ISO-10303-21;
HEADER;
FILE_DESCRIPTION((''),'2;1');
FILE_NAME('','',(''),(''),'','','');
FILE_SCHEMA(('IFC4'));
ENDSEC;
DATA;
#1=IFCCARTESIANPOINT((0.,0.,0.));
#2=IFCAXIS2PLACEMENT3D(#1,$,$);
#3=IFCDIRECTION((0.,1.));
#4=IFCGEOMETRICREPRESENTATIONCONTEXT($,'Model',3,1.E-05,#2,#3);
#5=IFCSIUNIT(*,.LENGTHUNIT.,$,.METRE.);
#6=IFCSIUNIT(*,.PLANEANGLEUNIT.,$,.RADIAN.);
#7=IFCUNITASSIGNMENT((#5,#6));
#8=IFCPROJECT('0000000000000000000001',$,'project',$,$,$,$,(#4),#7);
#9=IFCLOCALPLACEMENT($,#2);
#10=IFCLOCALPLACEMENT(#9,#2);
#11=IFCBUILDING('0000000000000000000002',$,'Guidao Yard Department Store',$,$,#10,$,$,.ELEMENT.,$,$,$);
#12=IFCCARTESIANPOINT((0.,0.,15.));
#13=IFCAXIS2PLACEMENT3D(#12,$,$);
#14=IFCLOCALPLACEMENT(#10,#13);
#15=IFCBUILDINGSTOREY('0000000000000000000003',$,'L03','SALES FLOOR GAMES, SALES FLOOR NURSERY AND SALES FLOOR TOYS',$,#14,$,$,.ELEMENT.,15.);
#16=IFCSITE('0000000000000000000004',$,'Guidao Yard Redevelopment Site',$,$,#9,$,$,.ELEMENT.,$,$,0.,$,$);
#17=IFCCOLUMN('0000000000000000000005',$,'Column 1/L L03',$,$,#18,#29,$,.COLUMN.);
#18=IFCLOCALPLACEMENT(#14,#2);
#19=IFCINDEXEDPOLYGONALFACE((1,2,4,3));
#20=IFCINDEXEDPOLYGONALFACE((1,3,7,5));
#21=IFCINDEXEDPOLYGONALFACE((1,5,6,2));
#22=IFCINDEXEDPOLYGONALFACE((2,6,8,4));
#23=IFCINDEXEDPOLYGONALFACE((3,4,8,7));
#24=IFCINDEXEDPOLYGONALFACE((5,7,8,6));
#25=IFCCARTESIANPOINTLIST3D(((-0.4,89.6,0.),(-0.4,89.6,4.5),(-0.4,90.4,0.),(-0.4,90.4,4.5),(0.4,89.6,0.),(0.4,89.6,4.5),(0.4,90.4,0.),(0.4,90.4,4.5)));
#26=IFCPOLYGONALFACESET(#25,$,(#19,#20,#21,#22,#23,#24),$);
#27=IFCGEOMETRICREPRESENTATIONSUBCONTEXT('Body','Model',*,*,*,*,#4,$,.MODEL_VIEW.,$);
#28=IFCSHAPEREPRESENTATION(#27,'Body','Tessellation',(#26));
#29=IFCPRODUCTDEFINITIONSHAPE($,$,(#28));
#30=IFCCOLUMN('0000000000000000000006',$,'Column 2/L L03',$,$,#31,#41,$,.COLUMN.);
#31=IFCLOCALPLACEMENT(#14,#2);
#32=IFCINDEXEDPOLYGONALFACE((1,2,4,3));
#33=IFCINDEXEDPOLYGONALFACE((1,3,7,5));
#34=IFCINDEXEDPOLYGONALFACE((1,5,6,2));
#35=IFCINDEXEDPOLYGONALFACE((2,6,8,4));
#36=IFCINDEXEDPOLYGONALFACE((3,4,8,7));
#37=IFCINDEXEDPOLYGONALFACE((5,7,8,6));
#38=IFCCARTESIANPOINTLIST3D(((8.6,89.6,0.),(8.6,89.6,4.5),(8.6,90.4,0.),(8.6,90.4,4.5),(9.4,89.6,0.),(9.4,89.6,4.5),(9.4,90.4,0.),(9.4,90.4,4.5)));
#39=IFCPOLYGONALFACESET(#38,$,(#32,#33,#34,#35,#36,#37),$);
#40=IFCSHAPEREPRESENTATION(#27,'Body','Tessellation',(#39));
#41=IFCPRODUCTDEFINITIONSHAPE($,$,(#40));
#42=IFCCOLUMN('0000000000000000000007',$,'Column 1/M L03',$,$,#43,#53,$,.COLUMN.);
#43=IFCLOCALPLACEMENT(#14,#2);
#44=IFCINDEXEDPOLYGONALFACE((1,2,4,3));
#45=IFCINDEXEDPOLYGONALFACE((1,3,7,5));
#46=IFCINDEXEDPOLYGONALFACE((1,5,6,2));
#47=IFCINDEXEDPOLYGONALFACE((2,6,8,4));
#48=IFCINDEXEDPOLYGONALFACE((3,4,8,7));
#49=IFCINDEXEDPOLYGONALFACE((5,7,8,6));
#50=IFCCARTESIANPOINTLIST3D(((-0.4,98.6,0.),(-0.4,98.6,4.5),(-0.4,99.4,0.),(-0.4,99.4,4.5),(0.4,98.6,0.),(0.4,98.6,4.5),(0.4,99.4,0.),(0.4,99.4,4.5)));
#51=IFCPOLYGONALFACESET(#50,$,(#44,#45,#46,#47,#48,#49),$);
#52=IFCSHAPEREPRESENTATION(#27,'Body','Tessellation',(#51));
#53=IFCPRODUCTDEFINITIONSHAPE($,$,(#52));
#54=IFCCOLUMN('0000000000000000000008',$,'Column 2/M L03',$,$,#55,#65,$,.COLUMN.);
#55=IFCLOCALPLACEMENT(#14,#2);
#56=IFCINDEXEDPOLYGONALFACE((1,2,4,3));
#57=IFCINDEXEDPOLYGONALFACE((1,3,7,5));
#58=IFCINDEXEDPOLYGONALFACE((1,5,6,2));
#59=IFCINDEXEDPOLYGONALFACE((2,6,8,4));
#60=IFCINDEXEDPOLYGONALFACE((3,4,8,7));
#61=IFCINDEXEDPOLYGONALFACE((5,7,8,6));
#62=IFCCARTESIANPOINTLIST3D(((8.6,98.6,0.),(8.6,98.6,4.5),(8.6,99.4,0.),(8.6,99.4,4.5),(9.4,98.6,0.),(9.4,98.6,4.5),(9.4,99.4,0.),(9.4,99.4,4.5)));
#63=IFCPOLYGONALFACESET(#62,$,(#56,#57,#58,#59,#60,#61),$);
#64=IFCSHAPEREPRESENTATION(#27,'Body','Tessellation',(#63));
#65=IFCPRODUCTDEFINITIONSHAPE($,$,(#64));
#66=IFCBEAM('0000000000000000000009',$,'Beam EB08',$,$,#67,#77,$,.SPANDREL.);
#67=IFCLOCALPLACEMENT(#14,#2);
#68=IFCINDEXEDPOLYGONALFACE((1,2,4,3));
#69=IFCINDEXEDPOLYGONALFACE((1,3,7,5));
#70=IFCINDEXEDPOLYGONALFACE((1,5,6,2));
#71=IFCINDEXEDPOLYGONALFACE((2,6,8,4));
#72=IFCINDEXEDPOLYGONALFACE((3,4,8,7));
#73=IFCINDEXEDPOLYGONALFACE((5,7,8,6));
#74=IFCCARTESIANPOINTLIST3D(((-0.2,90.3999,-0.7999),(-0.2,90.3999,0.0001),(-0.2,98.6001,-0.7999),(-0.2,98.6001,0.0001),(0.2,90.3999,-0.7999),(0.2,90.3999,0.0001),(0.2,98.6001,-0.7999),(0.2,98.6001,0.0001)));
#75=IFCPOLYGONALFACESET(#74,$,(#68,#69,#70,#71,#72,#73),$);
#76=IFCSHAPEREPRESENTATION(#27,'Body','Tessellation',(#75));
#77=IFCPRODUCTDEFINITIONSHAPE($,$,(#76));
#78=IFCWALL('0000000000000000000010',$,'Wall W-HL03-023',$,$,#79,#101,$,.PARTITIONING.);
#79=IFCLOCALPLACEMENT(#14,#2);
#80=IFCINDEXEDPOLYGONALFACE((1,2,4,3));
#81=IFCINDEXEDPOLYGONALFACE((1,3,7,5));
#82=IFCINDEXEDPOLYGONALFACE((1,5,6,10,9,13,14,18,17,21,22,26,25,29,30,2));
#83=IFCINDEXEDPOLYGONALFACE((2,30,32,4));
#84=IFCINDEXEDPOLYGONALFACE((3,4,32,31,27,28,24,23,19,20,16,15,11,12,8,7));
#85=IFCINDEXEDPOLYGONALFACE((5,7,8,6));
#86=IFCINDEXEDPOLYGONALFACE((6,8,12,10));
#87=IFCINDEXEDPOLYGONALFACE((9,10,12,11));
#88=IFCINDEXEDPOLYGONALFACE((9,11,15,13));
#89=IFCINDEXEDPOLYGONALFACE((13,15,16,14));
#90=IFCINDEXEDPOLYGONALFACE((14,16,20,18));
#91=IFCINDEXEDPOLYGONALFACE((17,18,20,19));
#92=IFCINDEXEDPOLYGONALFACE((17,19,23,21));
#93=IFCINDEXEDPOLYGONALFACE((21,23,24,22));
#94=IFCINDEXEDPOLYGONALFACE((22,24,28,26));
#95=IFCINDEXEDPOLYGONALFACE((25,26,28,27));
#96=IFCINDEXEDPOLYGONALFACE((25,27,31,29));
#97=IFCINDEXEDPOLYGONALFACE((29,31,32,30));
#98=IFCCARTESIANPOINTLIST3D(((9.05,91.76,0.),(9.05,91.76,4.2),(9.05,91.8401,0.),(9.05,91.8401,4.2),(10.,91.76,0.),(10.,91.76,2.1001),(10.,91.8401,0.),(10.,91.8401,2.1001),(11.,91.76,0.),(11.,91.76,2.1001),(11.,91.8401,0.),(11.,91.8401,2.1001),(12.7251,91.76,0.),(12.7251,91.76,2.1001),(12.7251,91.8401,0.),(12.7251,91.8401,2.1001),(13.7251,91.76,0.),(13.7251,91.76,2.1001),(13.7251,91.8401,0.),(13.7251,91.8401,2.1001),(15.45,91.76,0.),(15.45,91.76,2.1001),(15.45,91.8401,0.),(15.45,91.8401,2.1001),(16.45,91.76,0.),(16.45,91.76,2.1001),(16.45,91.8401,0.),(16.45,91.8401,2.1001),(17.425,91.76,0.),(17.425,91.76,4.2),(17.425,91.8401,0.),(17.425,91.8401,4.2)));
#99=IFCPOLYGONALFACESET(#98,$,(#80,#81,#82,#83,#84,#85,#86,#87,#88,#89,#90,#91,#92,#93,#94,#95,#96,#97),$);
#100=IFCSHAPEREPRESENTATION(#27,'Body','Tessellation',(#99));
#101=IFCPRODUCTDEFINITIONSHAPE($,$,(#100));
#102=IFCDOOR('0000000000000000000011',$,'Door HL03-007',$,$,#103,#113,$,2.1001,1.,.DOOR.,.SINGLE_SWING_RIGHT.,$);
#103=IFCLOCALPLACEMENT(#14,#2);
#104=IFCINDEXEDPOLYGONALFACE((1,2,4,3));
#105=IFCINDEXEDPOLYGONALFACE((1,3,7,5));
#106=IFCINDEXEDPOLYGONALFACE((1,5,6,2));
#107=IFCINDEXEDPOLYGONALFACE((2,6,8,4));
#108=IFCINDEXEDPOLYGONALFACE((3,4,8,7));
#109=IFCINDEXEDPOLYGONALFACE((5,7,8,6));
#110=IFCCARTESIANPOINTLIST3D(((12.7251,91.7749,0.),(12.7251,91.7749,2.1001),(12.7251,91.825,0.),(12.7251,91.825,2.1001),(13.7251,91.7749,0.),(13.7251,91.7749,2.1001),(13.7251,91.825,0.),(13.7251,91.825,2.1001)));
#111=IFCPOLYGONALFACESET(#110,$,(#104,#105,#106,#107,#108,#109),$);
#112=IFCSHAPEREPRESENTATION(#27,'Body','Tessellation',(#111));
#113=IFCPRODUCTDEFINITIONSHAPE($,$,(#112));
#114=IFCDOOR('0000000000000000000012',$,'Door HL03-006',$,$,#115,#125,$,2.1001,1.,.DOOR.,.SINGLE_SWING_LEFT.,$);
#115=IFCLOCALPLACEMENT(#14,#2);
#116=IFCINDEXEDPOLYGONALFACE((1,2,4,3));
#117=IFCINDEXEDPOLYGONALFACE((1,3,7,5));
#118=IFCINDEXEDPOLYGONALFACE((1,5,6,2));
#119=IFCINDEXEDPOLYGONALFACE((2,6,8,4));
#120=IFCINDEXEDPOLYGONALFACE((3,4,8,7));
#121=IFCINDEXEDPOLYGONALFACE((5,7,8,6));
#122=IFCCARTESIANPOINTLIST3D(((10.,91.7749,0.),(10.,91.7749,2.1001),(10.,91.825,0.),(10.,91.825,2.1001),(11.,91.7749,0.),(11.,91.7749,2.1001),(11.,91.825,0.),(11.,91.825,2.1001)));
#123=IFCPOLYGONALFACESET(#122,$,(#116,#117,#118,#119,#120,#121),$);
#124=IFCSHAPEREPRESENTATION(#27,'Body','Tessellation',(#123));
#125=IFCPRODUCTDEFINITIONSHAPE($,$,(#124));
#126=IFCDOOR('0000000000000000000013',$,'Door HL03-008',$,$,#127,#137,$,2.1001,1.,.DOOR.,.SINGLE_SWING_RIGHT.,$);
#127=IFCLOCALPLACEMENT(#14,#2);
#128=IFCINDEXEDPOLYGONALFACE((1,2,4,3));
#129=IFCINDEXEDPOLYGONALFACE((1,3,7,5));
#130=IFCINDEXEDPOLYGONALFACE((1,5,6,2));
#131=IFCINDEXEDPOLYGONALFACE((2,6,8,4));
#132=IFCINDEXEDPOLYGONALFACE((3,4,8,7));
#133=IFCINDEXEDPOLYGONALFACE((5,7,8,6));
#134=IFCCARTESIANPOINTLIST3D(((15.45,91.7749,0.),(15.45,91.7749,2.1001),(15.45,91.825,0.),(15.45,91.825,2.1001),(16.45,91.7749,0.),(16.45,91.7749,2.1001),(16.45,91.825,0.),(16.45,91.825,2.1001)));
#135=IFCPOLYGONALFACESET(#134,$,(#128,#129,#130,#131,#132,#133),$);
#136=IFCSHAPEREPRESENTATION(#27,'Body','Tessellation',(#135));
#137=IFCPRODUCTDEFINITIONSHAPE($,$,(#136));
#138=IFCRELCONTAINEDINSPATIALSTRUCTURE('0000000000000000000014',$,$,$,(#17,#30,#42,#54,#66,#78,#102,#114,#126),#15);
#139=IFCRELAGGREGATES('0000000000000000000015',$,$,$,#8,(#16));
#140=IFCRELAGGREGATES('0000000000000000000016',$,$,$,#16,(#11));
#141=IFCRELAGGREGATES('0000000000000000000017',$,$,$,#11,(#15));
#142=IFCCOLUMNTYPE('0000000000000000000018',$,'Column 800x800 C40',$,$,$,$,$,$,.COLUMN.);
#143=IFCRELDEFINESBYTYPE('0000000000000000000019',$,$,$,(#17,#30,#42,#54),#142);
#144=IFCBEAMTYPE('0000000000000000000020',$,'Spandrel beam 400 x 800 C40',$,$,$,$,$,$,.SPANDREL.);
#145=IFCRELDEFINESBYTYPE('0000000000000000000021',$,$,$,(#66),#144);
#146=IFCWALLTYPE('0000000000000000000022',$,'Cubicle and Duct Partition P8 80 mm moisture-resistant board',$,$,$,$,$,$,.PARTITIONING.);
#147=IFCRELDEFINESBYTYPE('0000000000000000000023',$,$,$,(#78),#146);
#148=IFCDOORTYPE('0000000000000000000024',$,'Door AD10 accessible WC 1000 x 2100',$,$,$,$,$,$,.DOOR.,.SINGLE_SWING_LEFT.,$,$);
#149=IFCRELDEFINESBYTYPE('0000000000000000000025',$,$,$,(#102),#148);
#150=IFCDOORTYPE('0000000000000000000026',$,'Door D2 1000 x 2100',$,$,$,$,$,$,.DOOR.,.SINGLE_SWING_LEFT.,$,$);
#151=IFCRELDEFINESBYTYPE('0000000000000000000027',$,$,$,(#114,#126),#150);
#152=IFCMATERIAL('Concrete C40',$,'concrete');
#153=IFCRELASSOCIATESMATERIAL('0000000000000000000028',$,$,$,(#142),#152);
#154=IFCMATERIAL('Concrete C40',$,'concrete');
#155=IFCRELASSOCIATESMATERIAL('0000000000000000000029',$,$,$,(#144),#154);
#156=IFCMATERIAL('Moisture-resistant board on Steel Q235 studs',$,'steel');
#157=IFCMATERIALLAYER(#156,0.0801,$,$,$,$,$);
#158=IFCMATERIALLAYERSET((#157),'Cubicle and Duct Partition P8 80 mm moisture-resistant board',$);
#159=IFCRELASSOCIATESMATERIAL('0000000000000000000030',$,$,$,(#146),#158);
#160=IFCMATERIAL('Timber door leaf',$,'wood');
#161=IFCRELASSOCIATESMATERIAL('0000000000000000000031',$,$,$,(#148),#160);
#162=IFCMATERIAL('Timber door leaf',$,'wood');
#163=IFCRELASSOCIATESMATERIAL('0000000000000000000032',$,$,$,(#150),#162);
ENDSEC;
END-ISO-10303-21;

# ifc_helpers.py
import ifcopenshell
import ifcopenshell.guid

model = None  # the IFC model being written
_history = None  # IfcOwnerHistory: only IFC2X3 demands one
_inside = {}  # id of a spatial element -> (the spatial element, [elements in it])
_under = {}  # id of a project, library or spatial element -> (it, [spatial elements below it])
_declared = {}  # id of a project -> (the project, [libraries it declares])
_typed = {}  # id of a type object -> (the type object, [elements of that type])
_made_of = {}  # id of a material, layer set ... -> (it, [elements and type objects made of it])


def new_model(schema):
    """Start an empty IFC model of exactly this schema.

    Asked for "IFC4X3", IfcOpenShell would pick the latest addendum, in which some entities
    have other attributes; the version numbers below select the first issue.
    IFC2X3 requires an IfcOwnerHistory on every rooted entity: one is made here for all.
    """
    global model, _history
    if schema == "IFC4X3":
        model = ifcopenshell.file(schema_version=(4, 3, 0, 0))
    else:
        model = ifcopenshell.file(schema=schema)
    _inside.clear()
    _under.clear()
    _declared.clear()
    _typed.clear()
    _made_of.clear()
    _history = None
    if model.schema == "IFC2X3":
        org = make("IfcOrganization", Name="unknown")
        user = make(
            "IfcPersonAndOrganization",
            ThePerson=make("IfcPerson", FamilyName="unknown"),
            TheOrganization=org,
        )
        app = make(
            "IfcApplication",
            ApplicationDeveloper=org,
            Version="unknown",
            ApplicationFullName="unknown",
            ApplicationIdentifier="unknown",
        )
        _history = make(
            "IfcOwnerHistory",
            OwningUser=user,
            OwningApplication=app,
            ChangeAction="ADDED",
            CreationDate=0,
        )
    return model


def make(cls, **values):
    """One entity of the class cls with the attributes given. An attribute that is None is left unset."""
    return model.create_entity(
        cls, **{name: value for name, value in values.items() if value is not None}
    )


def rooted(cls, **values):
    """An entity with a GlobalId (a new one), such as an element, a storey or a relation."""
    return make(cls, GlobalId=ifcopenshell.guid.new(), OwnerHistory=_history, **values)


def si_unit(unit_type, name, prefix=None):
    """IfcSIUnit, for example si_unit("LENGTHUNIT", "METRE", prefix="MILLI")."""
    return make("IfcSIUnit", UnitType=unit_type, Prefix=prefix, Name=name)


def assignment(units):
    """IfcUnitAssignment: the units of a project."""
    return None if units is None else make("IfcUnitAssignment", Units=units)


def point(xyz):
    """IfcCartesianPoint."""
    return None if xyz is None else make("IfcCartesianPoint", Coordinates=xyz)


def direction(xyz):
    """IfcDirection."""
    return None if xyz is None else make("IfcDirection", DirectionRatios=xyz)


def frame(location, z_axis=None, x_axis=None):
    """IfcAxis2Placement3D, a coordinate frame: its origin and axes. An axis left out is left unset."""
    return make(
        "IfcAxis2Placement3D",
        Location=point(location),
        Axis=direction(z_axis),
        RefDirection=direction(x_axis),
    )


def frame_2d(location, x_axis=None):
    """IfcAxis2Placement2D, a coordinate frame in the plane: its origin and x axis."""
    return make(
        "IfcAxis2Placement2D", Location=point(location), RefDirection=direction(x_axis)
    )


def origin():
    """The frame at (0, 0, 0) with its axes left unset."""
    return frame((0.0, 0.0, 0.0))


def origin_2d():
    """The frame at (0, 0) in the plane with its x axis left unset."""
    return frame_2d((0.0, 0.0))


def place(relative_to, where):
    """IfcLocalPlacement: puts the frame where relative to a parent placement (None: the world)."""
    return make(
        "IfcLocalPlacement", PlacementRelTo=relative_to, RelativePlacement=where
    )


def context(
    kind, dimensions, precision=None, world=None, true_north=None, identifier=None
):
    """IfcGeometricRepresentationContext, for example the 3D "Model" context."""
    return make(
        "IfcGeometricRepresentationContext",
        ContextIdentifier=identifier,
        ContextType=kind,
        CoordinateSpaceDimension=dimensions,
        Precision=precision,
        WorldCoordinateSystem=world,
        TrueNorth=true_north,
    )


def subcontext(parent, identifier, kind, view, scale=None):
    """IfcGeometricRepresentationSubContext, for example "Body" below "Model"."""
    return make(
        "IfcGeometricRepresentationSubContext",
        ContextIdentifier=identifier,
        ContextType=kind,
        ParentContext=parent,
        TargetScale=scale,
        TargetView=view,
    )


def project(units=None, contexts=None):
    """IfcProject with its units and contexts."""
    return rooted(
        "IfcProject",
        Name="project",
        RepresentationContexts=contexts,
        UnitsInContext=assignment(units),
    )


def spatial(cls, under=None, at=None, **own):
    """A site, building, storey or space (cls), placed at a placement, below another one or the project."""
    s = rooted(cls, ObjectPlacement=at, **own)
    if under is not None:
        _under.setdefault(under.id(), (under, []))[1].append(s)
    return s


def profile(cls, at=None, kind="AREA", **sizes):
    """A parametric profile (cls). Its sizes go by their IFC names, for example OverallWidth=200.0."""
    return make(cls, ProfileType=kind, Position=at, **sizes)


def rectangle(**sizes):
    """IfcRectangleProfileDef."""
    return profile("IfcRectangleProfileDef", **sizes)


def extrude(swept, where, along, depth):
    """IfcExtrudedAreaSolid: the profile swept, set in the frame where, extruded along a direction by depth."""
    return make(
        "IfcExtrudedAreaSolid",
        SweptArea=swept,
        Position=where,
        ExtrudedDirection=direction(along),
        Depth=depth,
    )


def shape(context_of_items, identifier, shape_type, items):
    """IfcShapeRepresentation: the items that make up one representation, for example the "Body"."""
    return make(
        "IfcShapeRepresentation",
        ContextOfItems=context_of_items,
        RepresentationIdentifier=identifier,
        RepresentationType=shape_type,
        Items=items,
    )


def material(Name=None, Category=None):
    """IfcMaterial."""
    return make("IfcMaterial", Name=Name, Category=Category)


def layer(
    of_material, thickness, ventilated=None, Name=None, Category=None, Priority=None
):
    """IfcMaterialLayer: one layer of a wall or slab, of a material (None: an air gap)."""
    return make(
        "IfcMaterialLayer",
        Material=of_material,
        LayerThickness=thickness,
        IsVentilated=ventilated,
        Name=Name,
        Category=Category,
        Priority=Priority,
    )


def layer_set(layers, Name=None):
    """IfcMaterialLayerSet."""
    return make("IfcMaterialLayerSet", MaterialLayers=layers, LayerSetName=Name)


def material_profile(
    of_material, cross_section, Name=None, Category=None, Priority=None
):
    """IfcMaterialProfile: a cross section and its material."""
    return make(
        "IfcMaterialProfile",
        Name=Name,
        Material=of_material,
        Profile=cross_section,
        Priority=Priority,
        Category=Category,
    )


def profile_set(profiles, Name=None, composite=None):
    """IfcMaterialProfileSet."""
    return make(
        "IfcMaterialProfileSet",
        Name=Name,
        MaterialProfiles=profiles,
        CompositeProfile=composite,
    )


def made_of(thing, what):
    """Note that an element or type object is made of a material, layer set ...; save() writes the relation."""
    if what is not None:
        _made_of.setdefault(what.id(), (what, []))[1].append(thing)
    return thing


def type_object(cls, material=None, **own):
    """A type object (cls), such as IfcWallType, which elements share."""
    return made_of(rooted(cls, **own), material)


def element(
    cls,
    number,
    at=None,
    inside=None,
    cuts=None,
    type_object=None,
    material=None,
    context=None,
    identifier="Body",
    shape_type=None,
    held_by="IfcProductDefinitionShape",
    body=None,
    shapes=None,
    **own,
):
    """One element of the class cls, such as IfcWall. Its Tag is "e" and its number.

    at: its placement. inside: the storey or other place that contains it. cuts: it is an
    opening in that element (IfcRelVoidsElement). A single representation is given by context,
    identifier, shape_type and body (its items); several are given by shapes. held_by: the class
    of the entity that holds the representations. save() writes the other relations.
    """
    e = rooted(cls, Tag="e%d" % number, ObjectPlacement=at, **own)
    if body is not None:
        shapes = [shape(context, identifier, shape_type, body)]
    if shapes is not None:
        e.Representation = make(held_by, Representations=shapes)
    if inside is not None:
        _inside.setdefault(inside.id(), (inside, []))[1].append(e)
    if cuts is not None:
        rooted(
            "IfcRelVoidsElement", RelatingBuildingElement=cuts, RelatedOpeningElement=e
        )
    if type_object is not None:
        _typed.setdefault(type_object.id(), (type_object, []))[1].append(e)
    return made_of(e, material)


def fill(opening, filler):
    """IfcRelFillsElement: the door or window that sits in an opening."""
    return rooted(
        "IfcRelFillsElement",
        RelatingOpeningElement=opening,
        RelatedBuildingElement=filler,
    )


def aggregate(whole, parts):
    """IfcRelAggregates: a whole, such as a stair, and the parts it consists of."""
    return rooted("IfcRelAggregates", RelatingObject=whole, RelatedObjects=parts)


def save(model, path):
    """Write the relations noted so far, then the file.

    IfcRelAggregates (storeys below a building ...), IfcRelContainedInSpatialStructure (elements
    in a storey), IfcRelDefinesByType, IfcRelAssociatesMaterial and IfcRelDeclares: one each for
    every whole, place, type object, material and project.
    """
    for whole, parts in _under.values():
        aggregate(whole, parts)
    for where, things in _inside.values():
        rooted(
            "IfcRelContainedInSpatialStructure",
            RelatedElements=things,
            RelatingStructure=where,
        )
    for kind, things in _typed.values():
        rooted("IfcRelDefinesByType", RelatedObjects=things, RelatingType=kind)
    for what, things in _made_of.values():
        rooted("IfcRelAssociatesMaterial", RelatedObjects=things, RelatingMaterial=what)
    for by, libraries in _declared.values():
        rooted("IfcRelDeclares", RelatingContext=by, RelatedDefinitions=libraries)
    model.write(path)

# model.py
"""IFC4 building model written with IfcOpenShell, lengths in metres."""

from ifc_helpers import new_model, si_unit, direction, frame, frame_2d, origin, origin_2d, place, context, subcontext, project, spatial, rectangle, extrude, material, layer, layer_set, material_profile, profile_set, type_object, element, fill, save


model = new_model("IFC4")

# Units and contexts
model_context = context("Model", 3, precision=1e-05, world=origin(), true_north=direction((0.0, 1.0)))
body_context = subcontext(model_context, "Body", "Model", "MODEL_VIEW")
ifc_project = project(units=[si_unit("LENGTHUNIT", "METRE"), si_unit("PLANEANGLEUNIT", "RADIAN")], contexts=[model_context])

# Site, building, storey
site_placement = place(None, origin())
site = spatial("IfcSite", under=ifc_project, at=site_placement, Name="Guidao Yard Redevelopment Site", CompositionType="ELEMENT", RefElevation=0.0)
building_placement = place(site_placement, origin())
building = spatial("IfcBuilding", under=site, at=building_placement, Name="Guidao Yard Department Store", CompositionType="ELEMENT")
storey_placement = place(building_placement, frame((0.0, 0.0, 15.0)))
storey = spatial("IfcBuildingStorey", under=building, at=storey_placement, Name="L03", Description="SALES FLOOR GAMES, SALES FLOOR NURSERY AND SALES FLOOR TOYS", CompositionType="ELEMENT", Elevation=15.0)

# Columns
ifc_material_1 = material(Name="Concrete C40", Category="concrete")
ifc_material_profile_1 = material_profile(ifc_material_1, rectangle(XDim=0.8, YDim=0.8, at=origin_2d()), Name="COL 800x800")
ifc_profile_set_1 = profile_set([ifc_material_profile_1], Name="Concrete C40")
column_type = type_object("IfcColumnType", Name="Column 800x800 C40", PredefinedType="COLUMN", material=ifc_profile_set_1)
for number, where, z_axis, x_axis, name in (
    (1, (0.0, 90.0, 0.0), (0.0, 0.0, 1.0), (1.0, 0.0, 0.0), "Column 1/L L03"),
    (2, (9.0, 90.0, 0.0), (0.0, 0.0, 1.0), (1.0, 0.0, 0.0), "Column 2/L L03"),
    (3, (0.0, 99.0, 0.0), (0.0, 0.0, 1.0), (1.0, 0.0, 0.0), "Column 1/M L03"),
    (4, (9.0, 99.0, 0.0), (0.0, 0.0, 1.0), (1.0, 0.0, 0.0), "Column 2/M L03"),
):
    element("IfcColumn", number, at=place(storey_placement, frame(where, z_axis=z_axis, x_axis=x_axis)), inside=storey, type_object=column_type, Name=name, PredefinedType="COLUMN", context=body_context, shape_type="SweptSolid", body=[
        extrude(rectangle(XDim=0.8, YDim=0.8, at=origin_2d()), origin(), (0.0, 0.0, 1.0), 4.5),
    ])

# Beam
ifc_material_2 = material(Name="Concrete C40", Category="concrete")
ifc_material_profile_2 = material_profile(ifc_material_2, rectangle(XDim=0.3999, YDim=0.8, at=origin_2d()), Name="Spandrel beam 400 x 800 C40")
ifc_profile_set_2 = profile_set([ifc_material_profile_2], Name="Concrete C40")
beam_type = type_object("IfcBeamType", Name="Spandrel beam 400 x 800 C40", PredefinedType="SPANDREL", material=ifc_profile_set_2)
beam_placement = place(storey_placement, frame((0.0, 90.3999, -0.3999), z_axis=(0.0, 1.0, 0.0), x_axis=(-1.0, 0.0, 0.0)))
element("IfcBeam", 5, at=beam_placement, inside=storey, type_object=beam_type, Name="Beam EB08", PredefinedType="SPANDREL", context=body_context, shape_type="SweptSolid", body=[
    extrude(rectangle(XDim=0.3999, YDim=0.8, at=origin_2d()), origin(), (0.0, 0.0, 1.0), 8.2002),
])

# Wall, openings, doors
ifc_material_3 = material(Name="Moisture-resistant board on Steel Q235 studs", Category="steel")
ifc_layer_1 = layer(ifc_material_3, 0.0801)
ifc_layer_set_1 = layer_set([ifc_layer_1], Name="Cubicle and Duct Partition P8 80 mm moisture-resistant board")
wall_type_1 = type_object("IfcWallType", Name="Cubicle and Duct Partition P8 80 mm moisture-resistant board", PredefinedType="PARTITIONING", material=ifc_layer_set_1)
wall_1_placement = place(storey_placement, frame((9.05, 91.8, 0.0), z_axis=(0.0, 0.0, 1.0), x_axis=(1.0, 0.0, 0.0)))
wall_1 = element("IfcWall", 6, at=wall_1_placement, inside=storey, type_object=wall_type_1, Name="Wall W-HL03-023", PredefinedType="PARTITIONING", context=body_context, shape_type="SweptSolid", body=[
    extrude(rectangle(XDim=8.375, YDim=0.0801, at=frame_2d((4.1875, 0.0))), origin(), (0.0, 0.0, 1.0), 4.2),
])
opening_1_placement = place(wall_1_placement, frame((0.95, 0.0, 0.0)))
opening_1 = element("IfcOpeningElement", 7, at=opening_1_placement, cuts=wall_1, PredefinedType="OPENING", context=body_context, shape_type="SweptSolid", body=[
    extrude(rectangle(XDim=1.0, YDim=2.1001, at=frame_2d((0.5, 1.05))), frame((0.0, 0.05, 0.0), z_axis=(0.0, -1.0, 0.0), x_axis=(1.0, 0.0, 0.0)), (0.0, 0.0, 1.0), 0.1001),
])
opening_2_placement = place(wall_1_placement, frame((3.675, 0.0, 0.0)))
opening_2 = element("IfcOpeningElement", 8, at=opening_2_placement, cuts=wall_1, PredefinedType="OPENING", context=body_context, shape_type="SweptSolid", body=[
    extrude(rectangle(XDim=1.0, YDim=2.1001, at=frame_2d((0.5, 1.05))), frame((0.0, 0.05, 0.0), z_axis=(0.0, -1.0, 0.0), x_axis=(1.0, 0.0, 0.0)), (0.0, 0.0, 1.0), 0.1001),
])
opening_3_placement = place(wall_1_placement, frame((6.3999, 0.0, 0.0)))
opening_3 = element("IfcOpeningElement", 9, at=opening_3_placement, cuts=wall_1, PredefinedType="OPENING", context=body_context, shape_type="SweptSolid", body=[
    extrude(rectangle(XDim=1.0, YDim=2.1001, at=frame_2d((0.5, 1.05))), frame((0.0, 0.05, 0.0), z_axis=(0.0, -1.0, 0.0), x_axis=(1.0, 0.0, 0.0)), (0.0, 0.0, 1.0), 0.1001),
])
ifc_material_4 = material(Name="Timber door leaf", Category="wood")
door_type_1 = type_object("IfcDoorType", Name="Door AD10 accessible WC 1000 x 2100", OperationType="SINGLE_SWING_LEFT", PredefinedType="DOOR", material=ifc_material_4)
door_1_placement = place(opening_2_placement, origin())
door_1 = element("IfcDoor", 10, at=door_1_placement, inside=storey, type_object=door_type_1, Name="Door HL03-007", OperationType="SINGLE_SWING_RIGHT", OverallHeight=2.1001, OverallWidth=1.0, PredefinedType="DOOR", context=body_context, shape_type="SweptSolid", body=[
    extrude(rectangle(XDim=1.0, YDim=2.1001, at=frame_2d((0.5, 1.05))), frame((0.0, 0.0249, 0.0), z_axis=(0.0, -1.0, 0.0), x_axis=(1.0, 0.0, 0.0)), (0.0, 0.0, 1.0), 0.05),
])
fill(opening_2, door_1)
ifc_material_5 = material(Name="Timber door leaf", Category="wood")
door_type_2 = type_object("IfcDoorType", Name="Door D2 1000 x 2100", OperationType="SINGLE_SWING_LEFT", PredefinedType="DOOR", material=ifc_material_5)
door_2_placement = place(opening_1_placement, origin())
door_2 = element("IfcDoor", 11, at=door_2_placement, inside=storey, type_object=door_type_2, Name="Door HL03-006", OperationType="SINGLE_SWING_LEFT", OverallHeight=2.1001, OverallWidth=1.0, PredefinedType="DOOR", context=body_context, shape_type="SweptSolid", body=[
    extrude(rectangle(XDim=1.0, YDim=2.1001, at=frame_2d((0.5, 1.05))), frame((0.0, 0.0249, 0.0), z_axis=(0.0, -1.0, 0.0), x_axis=(1.0, 0.0, 0.0)), (0.0, 0.0, 1.0), 0.05),
])
fill(opening_1, door_2)
door_3_placement = place(opening_3_placement, origin())
door_3 = element("IfcDoor", 12, at=door_3_placement, inside=storey, type_object=door_type_2, Name="Door HL03-008", OperationType="SINGLE_SWING_RIGHT", OverallHeight=2.1001, OverallWidth=1.0, PredefinedType="DOOR", context=body_context, shape_type="SweptSolid", body=[
    extrude(rectangle(XDim=1.0, YDim=2.1001, at=frame_2d((0.5, 1.05))), frame((0.0, 0.0249, 0.0), z_axis=(0.0, -1.0, 0.0), x_axis=(1.0, 0.0, 0.0)), (0.0, 0.0, 1.0), 0.05),
])
fill(opening_3, door_3)

save(model, "model.ifc")
